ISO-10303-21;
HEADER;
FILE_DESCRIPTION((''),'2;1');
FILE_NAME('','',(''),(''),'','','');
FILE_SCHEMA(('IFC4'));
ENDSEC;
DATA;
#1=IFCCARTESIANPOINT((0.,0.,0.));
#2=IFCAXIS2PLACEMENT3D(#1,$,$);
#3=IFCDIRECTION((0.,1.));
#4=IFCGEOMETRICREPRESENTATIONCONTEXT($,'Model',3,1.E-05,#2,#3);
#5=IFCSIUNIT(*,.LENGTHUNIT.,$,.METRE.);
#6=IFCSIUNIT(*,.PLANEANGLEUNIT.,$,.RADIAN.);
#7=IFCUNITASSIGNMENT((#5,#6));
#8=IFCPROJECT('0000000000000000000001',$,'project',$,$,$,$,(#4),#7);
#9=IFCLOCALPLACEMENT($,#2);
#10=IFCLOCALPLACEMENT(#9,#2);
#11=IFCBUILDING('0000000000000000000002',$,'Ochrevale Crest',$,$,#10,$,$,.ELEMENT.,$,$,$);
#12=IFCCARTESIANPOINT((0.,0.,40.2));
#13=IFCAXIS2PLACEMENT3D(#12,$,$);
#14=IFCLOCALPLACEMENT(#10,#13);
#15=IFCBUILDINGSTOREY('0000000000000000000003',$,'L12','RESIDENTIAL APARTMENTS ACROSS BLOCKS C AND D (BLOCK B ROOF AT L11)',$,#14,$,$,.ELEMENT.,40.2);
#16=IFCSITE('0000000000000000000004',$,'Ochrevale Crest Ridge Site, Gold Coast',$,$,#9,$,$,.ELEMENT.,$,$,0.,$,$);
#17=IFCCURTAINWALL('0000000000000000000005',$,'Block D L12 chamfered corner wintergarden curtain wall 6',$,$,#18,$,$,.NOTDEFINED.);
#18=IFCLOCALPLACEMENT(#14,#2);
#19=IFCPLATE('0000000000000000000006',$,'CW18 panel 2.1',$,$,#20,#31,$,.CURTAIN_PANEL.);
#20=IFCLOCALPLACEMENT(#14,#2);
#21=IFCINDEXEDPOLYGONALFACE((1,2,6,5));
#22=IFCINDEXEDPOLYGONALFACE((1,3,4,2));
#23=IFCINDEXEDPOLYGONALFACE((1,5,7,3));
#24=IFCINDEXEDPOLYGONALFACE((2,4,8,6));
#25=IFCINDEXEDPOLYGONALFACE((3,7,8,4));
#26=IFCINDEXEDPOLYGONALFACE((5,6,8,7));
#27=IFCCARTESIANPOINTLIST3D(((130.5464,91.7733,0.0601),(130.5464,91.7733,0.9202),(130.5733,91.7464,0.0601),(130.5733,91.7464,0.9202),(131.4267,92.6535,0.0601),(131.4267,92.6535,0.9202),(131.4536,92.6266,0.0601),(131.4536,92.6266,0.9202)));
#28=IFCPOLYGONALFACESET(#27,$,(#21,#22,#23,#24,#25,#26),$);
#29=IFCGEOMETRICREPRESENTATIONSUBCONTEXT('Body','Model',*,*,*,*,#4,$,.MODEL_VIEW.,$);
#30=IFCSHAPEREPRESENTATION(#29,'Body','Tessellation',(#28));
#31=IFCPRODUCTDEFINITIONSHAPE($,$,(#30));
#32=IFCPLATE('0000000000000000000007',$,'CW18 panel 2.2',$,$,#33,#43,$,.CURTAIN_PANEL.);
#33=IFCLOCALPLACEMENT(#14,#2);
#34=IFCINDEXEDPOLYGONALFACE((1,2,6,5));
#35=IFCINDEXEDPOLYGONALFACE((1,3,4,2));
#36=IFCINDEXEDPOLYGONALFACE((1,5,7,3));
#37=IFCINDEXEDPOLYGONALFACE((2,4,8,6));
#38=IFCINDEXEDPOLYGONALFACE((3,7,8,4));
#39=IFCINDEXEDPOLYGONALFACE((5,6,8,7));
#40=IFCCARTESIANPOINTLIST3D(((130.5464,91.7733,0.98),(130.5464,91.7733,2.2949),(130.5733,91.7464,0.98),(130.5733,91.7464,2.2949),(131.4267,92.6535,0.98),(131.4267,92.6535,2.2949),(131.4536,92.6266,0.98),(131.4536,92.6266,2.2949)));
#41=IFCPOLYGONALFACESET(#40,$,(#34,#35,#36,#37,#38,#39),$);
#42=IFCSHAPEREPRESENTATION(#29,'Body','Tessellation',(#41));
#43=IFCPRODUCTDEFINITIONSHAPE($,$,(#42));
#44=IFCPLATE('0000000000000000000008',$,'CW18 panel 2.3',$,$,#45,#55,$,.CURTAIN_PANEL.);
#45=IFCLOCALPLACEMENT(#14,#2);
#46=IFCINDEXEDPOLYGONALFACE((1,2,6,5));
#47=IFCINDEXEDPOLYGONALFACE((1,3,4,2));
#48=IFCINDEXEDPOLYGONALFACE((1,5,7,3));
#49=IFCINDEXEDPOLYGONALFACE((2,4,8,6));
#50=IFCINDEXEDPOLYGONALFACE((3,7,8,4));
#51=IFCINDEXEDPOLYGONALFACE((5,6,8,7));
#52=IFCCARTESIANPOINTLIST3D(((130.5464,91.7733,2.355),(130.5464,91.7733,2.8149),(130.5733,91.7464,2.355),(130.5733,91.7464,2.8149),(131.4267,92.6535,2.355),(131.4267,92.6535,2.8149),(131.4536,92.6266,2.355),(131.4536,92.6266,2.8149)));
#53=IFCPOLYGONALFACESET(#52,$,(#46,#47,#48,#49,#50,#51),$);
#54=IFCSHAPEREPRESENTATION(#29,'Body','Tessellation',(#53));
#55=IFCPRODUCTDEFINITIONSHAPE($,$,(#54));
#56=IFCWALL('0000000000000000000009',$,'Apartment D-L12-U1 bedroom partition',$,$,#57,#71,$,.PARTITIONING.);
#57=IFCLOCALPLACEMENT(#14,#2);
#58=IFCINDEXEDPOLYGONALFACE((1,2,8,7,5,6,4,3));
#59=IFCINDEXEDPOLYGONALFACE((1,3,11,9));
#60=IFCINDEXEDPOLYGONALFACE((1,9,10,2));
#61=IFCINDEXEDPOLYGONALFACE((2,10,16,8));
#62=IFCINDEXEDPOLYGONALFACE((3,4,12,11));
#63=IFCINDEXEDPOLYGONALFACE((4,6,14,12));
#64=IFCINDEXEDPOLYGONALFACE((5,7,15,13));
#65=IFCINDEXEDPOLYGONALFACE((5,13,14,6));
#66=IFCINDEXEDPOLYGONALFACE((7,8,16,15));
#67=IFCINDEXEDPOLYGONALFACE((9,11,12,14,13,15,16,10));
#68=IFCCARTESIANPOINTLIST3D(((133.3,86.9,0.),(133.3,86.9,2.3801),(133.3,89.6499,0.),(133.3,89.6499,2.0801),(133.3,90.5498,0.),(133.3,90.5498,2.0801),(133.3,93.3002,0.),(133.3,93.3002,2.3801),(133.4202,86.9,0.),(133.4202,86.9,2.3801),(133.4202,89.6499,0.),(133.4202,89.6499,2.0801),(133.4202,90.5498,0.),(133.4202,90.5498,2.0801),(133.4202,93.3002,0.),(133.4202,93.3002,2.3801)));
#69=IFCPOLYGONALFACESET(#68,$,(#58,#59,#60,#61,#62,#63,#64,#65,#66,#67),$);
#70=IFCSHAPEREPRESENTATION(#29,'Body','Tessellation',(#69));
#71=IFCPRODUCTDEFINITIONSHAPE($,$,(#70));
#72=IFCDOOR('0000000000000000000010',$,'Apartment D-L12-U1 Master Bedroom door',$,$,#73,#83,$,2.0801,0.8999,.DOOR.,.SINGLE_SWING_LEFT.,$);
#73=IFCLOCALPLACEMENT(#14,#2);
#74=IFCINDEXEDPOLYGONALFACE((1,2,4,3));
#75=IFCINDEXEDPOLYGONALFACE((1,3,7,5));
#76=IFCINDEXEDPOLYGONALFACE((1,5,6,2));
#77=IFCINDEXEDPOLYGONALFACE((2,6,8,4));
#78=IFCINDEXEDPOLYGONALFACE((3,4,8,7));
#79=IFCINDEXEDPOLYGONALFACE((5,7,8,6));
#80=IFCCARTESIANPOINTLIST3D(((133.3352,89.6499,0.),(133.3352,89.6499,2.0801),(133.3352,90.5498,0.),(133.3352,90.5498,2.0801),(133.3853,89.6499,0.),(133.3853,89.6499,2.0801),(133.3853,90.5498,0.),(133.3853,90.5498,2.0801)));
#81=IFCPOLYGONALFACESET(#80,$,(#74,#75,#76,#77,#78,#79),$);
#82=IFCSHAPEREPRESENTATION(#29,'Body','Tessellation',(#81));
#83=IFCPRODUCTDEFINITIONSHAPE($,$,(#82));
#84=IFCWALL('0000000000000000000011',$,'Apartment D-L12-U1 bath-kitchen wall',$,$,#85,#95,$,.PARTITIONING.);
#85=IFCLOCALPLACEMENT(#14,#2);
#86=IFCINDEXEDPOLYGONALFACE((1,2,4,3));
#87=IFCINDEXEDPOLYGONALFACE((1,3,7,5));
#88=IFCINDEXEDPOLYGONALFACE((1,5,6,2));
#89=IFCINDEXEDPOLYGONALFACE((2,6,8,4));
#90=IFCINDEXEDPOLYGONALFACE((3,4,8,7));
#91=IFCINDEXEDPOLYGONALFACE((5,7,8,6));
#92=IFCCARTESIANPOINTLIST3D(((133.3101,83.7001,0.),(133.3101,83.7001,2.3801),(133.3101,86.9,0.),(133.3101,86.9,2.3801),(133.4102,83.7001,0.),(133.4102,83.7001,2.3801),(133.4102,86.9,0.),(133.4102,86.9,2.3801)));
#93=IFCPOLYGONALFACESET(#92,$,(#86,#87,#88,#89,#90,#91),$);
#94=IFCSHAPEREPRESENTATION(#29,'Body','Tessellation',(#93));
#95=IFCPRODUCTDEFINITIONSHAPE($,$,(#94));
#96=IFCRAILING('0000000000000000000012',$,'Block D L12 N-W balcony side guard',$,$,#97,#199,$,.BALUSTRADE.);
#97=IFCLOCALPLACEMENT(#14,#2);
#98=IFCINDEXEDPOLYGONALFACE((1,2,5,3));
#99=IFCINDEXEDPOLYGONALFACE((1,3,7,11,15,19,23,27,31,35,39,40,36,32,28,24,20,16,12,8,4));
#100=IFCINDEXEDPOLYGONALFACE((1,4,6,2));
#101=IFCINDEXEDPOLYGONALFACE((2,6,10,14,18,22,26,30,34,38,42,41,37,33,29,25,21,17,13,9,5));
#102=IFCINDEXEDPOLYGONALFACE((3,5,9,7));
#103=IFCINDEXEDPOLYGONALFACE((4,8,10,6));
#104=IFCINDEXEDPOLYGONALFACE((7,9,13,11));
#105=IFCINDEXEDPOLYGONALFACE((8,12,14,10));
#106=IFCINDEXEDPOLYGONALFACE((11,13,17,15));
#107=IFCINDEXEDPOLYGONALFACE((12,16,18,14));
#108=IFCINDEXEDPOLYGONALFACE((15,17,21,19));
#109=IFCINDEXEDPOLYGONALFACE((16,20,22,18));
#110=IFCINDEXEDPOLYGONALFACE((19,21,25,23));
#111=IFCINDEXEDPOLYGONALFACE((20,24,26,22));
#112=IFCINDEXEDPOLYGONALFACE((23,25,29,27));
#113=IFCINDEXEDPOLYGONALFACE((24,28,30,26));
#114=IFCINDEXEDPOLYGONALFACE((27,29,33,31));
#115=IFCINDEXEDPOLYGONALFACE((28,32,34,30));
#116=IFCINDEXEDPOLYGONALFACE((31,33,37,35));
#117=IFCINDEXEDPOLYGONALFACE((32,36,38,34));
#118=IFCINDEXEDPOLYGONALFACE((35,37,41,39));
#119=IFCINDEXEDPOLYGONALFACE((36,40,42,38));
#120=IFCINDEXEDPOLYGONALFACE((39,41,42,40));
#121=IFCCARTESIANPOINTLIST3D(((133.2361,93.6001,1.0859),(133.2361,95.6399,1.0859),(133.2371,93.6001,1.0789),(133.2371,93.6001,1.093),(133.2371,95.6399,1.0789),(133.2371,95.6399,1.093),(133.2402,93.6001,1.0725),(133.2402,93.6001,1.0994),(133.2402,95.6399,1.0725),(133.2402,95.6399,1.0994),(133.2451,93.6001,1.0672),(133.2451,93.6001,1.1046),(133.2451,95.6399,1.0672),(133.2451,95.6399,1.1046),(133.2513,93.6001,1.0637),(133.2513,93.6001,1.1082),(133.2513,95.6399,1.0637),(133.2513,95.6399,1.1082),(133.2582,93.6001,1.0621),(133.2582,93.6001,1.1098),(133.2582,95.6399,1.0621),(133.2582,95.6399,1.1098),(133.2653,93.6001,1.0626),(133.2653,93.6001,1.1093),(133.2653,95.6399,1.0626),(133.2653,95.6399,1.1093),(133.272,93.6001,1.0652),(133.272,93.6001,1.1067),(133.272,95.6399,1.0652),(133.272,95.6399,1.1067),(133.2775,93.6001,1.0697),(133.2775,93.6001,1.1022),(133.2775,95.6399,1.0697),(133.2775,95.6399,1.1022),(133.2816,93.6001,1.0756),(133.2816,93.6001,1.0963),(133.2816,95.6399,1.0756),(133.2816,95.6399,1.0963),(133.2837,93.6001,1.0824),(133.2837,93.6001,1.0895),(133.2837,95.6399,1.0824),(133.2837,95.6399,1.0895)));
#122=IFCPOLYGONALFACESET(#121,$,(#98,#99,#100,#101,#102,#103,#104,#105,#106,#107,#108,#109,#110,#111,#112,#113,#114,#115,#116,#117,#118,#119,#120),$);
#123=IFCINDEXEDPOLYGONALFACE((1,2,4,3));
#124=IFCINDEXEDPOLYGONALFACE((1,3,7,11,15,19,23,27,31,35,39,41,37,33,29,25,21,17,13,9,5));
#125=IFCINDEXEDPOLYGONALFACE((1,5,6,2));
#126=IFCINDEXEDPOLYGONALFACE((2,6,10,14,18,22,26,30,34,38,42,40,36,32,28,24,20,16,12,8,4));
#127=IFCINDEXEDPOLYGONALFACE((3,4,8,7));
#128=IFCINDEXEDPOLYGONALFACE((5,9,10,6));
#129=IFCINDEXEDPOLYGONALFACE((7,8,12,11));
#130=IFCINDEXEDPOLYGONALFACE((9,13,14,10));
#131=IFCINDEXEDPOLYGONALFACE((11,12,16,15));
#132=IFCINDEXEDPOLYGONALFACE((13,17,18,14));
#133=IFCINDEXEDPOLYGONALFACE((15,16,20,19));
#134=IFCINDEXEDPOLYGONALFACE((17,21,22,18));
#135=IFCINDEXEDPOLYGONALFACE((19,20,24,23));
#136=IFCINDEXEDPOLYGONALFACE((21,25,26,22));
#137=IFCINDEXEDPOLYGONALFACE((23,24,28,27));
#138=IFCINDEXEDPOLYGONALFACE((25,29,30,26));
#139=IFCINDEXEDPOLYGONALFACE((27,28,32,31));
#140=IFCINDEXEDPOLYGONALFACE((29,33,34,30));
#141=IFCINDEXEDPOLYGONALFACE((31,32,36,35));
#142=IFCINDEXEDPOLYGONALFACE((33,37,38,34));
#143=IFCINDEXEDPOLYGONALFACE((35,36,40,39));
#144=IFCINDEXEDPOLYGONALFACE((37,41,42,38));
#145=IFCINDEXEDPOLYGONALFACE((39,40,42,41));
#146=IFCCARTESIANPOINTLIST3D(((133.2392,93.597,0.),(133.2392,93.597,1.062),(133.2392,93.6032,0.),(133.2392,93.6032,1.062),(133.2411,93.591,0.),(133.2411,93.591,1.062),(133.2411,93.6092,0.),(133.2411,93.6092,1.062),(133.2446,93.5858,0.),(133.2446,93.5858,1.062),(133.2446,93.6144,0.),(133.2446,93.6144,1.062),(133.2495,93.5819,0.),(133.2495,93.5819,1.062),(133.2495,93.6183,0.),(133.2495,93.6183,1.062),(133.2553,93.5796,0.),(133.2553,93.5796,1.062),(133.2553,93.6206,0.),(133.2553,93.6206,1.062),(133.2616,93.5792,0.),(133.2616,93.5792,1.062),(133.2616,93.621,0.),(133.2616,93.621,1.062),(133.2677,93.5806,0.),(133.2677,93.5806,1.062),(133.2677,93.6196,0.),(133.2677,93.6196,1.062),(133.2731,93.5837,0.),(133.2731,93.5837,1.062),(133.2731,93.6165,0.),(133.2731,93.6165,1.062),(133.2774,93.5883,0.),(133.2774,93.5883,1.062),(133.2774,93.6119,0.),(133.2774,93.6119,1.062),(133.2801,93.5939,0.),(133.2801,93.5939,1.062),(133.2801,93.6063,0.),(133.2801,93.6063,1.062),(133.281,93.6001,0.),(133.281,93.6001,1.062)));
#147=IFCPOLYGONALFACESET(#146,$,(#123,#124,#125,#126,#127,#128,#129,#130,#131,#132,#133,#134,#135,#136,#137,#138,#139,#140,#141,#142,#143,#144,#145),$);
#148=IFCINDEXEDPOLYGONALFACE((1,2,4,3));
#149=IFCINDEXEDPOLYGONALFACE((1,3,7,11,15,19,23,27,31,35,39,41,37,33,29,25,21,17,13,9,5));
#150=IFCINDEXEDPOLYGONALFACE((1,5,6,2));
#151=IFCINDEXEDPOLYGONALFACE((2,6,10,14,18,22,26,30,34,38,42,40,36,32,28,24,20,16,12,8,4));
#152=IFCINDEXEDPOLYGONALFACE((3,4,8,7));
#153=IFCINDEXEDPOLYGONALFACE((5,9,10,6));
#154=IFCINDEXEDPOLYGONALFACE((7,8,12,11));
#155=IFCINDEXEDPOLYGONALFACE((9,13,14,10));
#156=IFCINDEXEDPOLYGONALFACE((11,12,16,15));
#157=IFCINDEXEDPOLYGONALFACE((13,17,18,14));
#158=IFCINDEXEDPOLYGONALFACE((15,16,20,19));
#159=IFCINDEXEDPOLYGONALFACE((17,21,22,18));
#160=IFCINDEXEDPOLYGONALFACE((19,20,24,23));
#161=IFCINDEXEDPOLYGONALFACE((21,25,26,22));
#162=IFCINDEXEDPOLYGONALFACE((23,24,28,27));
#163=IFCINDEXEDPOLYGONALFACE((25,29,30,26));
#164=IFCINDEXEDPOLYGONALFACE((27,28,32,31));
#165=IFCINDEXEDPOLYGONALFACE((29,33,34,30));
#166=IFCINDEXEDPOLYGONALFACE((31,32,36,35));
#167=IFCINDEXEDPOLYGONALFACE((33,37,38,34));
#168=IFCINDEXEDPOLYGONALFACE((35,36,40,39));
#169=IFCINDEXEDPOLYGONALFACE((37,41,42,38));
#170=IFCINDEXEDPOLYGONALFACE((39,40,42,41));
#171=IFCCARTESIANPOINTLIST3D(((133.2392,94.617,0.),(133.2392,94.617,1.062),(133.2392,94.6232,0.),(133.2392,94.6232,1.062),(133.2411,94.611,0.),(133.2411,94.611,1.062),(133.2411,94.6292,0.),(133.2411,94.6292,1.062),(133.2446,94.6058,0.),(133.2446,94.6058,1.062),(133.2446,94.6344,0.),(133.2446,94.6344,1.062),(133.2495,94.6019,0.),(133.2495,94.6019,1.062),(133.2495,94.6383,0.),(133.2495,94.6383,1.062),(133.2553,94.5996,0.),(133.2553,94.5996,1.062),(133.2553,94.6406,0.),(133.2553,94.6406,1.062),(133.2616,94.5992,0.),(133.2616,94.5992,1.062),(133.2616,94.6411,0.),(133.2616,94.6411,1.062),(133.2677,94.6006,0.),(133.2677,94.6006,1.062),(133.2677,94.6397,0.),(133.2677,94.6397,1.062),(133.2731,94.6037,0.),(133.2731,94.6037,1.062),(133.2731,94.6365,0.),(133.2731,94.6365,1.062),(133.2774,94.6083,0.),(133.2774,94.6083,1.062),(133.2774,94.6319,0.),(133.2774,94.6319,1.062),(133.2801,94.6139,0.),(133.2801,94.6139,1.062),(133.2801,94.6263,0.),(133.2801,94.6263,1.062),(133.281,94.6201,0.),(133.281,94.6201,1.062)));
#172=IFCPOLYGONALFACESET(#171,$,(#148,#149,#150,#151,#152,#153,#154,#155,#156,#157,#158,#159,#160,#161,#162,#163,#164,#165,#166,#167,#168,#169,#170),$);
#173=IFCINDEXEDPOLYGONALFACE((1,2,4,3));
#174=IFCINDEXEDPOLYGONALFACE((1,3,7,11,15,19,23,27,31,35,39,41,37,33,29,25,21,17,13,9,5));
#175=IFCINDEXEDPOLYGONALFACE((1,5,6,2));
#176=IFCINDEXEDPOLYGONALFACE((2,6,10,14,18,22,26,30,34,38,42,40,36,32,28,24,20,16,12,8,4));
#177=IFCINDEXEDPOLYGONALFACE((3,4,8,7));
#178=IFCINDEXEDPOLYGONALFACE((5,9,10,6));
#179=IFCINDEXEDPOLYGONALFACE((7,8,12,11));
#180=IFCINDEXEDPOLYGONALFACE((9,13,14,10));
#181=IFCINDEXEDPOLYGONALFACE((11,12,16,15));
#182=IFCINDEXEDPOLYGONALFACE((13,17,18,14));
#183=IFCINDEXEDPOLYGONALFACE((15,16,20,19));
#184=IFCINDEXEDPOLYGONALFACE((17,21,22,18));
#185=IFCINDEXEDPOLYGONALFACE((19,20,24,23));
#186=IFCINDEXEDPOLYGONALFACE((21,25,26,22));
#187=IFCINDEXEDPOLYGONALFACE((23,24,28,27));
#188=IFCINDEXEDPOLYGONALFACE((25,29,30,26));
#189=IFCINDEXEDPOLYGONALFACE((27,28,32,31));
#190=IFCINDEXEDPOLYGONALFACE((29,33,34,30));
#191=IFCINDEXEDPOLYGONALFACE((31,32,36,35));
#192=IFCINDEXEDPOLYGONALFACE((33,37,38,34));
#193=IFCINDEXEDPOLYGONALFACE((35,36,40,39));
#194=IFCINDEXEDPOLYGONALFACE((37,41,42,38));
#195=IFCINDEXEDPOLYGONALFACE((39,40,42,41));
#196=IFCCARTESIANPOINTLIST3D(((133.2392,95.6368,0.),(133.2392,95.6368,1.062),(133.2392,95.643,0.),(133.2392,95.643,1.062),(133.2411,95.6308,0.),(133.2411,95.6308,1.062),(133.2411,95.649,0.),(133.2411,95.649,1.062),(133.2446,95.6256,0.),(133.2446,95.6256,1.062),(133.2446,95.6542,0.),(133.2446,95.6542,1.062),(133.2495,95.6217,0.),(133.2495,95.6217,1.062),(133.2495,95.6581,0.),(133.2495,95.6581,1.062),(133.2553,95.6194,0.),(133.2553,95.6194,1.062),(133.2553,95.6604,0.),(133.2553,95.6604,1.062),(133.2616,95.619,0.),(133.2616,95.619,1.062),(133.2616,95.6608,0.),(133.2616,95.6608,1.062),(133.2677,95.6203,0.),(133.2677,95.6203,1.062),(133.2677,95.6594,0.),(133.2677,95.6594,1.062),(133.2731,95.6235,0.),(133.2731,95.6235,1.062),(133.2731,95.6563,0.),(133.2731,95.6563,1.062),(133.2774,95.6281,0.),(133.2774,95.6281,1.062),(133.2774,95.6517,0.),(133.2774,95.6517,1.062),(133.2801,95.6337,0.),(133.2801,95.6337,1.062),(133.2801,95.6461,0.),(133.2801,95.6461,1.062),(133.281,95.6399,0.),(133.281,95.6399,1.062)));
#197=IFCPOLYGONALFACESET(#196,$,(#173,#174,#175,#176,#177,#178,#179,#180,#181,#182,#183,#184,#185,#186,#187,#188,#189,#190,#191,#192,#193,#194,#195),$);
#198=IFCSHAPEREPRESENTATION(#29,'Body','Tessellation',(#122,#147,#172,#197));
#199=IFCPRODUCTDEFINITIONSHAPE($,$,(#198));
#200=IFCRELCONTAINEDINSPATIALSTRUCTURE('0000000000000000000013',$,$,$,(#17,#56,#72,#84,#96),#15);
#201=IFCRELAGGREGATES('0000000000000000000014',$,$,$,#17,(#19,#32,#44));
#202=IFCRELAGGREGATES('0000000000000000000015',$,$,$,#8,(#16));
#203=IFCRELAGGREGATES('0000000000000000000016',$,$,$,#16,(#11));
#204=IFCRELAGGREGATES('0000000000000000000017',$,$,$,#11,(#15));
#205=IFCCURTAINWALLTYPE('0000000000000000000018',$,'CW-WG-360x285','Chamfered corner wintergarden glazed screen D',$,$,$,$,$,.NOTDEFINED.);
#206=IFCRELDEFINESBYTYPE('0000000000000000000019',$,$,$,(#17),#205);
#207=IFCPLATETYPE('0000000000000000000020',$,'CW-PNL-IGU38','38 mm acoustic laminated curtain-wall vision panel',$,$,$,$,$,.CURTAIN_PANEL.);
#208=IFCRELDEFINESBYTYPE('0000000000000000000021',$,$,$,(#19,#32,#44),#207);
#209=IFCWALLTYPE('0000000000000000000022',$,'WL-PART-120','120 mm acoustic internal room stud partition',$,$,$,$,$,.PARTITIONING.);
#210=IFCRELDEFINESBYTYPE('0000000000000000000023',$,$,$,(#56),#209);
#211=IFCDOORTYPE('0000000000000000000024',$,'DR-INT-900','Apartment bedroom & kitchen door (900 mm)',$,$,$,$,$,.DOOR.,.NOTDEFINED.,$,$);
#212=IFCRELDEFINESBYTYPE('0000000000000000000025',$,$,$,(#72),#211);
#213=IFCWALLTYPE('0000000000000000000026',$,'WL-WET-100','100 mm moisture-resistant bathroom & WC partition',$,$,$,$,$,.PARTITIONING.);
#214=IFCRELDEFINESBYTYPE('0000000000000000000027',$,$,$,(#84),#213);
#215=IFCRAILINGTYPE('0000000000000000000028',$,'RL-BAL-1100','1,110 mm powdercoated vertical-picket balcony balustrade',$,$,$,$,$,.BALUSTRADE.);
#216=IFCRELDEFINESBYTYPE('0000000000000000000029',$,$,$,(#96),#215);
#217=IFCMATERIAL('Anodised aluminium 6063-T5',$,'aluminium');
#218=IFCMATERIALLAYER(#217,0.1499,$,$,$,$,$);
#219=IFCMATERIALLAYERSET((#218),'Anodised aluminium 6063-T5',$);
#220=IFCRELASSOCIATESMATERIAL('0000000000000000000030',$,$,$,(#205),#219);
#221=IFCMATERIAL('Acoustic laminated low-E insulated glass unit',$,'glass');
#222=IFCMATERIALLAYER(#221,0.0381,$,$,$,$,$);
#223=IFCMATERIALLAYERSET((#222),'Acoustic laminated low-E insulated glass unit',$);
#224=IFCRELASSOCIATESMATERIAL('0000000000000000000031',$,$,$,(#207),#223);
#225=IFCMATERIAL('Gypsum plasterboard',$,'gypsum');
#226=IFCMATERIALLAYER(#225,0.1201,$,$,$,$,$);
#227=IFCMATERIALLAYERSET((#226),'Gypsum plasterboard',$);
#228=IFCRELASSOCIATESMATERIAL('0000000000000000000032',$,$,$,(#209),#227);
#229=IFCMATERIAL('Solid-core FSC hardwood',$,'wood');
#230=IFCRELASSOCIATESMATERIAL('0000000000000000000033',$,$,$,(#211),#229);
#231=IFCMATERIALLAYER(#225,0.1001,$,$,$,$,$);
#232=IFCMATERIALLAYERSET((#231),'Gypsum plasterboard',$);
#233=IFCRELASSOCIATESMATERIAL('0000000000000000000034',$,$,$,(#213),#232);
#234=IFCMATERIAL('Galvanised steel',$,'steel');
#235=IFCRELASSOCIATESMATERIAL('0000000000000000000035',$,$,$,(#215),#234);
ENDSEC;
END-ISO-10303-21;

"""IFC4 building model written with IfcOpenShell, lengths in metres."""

from ifc_helpers import new_model, si_unit, direction, frame, frame_2d, origin, origin_2d, place, context, subcontext, project, spatial, rectangle, circle, extrude, material, layer, layer_set, type_object, element, fill, aggregate, save


model = new_model("IFC4")

# Units and contexts
model_context = context("Model", 3, precision=1e-05, world=origin(), true_north=direction((0.0, 1.0)))
body_context = subcontext(model_context, "Body", "Model", "MODEL_VIEW")
ifc_project = project(units=[si_unit("LENGTHUNIT", "METRE"), si_unit("PLANEANGLEUNIT", "RADIAN")], contexts=[model_context])

# Site, building, storey
site_placement = place(None, origin())
site = spatial("IfcSite", under=ifc_project, at=site_placement, Name="Ochrevale Crest Ridge Site, Gold Coast", CompositionType="ELEMENT", RefElevation=0.0)
building_placement = place(site_placement, origin())
building = spatial("IfcBuilding", under=site, at=building_placement, Name="Ochrevale Crest", CompositionType="ELEMENT")
storey_placement = place(building_placement, frame((0.0, 0.0, 40.2)))
storey = spatial("IfcBuildingStorey", under=building, at=storey_placement, Name="L12", Description="RESIDENTIAL APARTMENTS ACROSS BLOCKS C AND D (BLOCK B ROOF AT L11)", CompositionType="ELEMENT", Elevation=40.2)

# Curtain wall, plates
ifc_material_1 = material(Name="Anodised aluminium 6063-T5", Category="aluminium")
ifc_layer_1 = layer(ifc_material_1, 0.1499)
ifc_layer_set_1 = layer_set([ifc_layer_1], Name="Anodised aluminium 6063-T5")
curtain_wall_type = type_object("IfcCurtainWallType", Name="CW-WG-360x285", Description="Chamfered corner wintergarden glazed screen D", PredefinedType="NOTDEFINED", material=ifc_layer_set_1)
curtain_wall_placement = place(storey_placement, origin())
curtain_wall = element("IfcCurtainWall", 1, at=curtain_wall_placement, inside=storey, type_object=curtain_wall_type, Name="Block D L12 chamfered corner wintergarden curtain wall 6", PredefinedType="NOTDEFINED")
ifc_material_2 = material(Name="Acoustic laminated low-E insulated glass unit", Category="glass")
ifc_layer_2 = layer(ifc_material_2, 0.0381)
ifc_layer_set_2 = layer_set([ifc_layer_2], Name="Acoustic laminated low-E insulated glass unit")
plate_type = type_object("IfcPlateType", Name="CW-PNL-IGU38", Description="38 mm acoustic laminated curtain-wall vision panel", PredefinedType="CURTAIN_PANEL", material=ifc_layer_set_2)
plate_1_placement = place(storey_placement, frame((131.0, 92.2, 0.0601), z_axis=(0.0, 0.0, 1.0), x_axis=(-0.707107, -0.707107, 0.0)))
plate_1 = element("IfcPlate", 2, at=plate_1_placement, type_object=plate_type, Name="CW18 panel 2.1", PredefinedType="CURTAIN_PANEL", context=body_context, shape_type="SweptSolid", body=[
    extrude(rectangle(XDim=1.2449, YDim=0.0381, at=origin_2d()), origin(), (0.0, 0.0, 1.0), 0.8601),
])
plate_2_placement = place(storey_placement, frame((131.0, 92.2, 0.98), z_axis=(0.0, 0.0, 1.0), x_axis=(-0.707107, -0.707107, 0.0)))
plate_2 = element("IfcPlate", 3, at=plate_2_placement, type_object=plate_type, Name="CW18 panel 2.2", PredefinedType="CURTAIN_PANEL", context=body_context, shape_type="SweptSolid", body=[
    extrude(rectangle(XDim=1.2449, YDim=0.0381, at=origin_2d()), origin(), (0.0, 0.0, 1.0), 1.3149),
])
plate_3_placement = place(storey_placement, frame((131.0, 92.2, 2.355), z_axis=(0.0, 0.0, 1.0), x_axis=(-0.707107, -0.707107, 0.0)))
plate_3 = element("IfcPlate", 4, at=plate_3_placement, type_object=plate_type, Name="CW18 panel 2.3", PredefinedType="CURTAIN_PANEL", context=body_context, shape_type="SweptSolid", body=[
    extrude(rectangle(XDim=1.2449, YDim=0.0381, at=origin_2d()), origin(), (0.0, 0.0, 1.0), 0.46),
])
aggregate(curtain_wall, [plate_1, plate_2, plate_3])

# Wall, opening, door
ifc_material_3 = material(Name="Gypsum plasterboard", Category="gypsum")
ifc_layer_3 = layer(ifc_material_3, 0.1201)
ifc_layer_set_3 = layer_set([ifc_layer_3], Name="Gypsum plasterboard")
wall_type_1 = type_object("IfcWallType", Name="WL-PART-120", Description="120 mm acoustic internal room stud partition", PredefinedType="PARTITIONING", material=ifc_layer_set_3)
wall_1_placement = place(storey_placement, frame((133.3601, 86.8999, 0.0), z_axis=(0.0, 0.0, 1.0), x_axis=(0.0, 1.0, 0.0)))
wall_1 = element("IfcWall", 5, at=wall_1_placement, inside=storey, type_object=wall_type_1, Name="Apartment D-L12-U1 bedroom partition", PredefinedType="PARTITIONING", context=body_context, shape_type="SweptSolid", body=[
    extrude(rectangle(XDim=6.4001, YDim=0.1201, at=frame_2d((3.2002, 0.0))), origin(), (0.0, 0.0, 1.0), 2.3801),
])
opening_placement = place(wall_1_placement, frame((2.75, 0.0, 0.0)))
opening = element("IfcOpeningElement", 6, at=opening_placement, cuts=wall_1, PredefinedType="OPENING", context=body_context, shape_type="SweptSolid", body=[
    extrude(rectangle(XDim=0.8999, YDim=2.0801, at=frame_2d((0.45, 1.04))), frame((0.0, 0.0701, 0.0), z_axis=(0.0, -1.0, 0.0), x_axis=(1.0, 0.0, 0.0)), (0.0, 0.0, 1.0), 0.1401),
])
ifc_material_4 = material(Name="Solid-core FSC hardwood", Category="wood")
door_type = type_object("IfcDoorType", Name="DR-INT-900", Description="Apartment bedroom & kitchen door (900 mm)", OperationType="NOTDEFINED", PredefinedType="DOOR", material=ifc_material_4)
door_placement = place(opening_placement, origin())
door = element("IfcDoor", 7, at=door_placement, inside=storey, type_object=door_type, Name="Apartment D-L12-U1 Master Bedroom door", OperationType="SINGLE_SWING_LEFT", OverallHeight=2.0801, OverallWidth=0.8999, PredefinedType="DOOR", context=body_context, shape_type="SweptSolid", body=[
    extrude(rectangle(XDim=0.8999, YDim=2.0801, at=frame_2d((0.45, 1.04))), frame((0.0, 0.0249, 0.0), z_axis=(0.0, -1.0, 0.0), x_axis=(1.0, 0.0, 0.0)), (0.0, 0.0, 1.0), 0.05),
])
fill(opening, door)

# Wall
ifc_layer_4 = layer(ifc_material_3, 0.1001)
ifc_layer_set_4 = layer_set([ifc_layer_4], Name="Gypsum plasterboard")
wall_type_2 = type_object("IfcWallType", Name="WL-WET-100", Description="100 mm moisture-resistant bathroom & WC partition", PredefinedType="PARTITIONING", material=ifc_layer_set_4)
wall_2_placement = place(storey_placement, frame((133.3601, 83.7, 0.0), z_axis=(0.0, 0.0, 1.0), x_axis=(0.0, 1.0, 0.0)))
element("IfcWall", 8, at=wall_2_placement, inside=storey, type_object=wall_type_2, Name="Apartment D-L12-U1 bath-kitchen wall", PredefinedType="PARTITIONING", context=body_context, shape_type="SweptSolid", body=[
    extrude(rectangle(XDim=3.2, YDim=0.1001, at=frame_2d((1.6001, 0.0))), origin(), (0.0, 0.0, 1.0), 2.3801),
])

# Railing
ifc_material_5 = material(Name="Galvanised steel", Category="steel")
railing_type = type_object("IfcRailingType", Name="RL-BAL-1100", Description="1,110 mm powdercoated vertical-picket balcony balustrade", PredefinedType="BALUSTRADE", material=ifc_material_5)
railing_1_placement = place(storey_placement, frame((133.26, 93.6001, 0.0)))
element("IfcRailing", 9, at=railing_1_placement, inside=storey, type_object=railing_type, Name="Block D L12 N-W balcony side guard", PredefinedType="BALUSTRADE", context=body_context, shape_type="SweptSolid", body=[
    extrude(circle(Radius=0.0239, at=origin_2d()), frame((0.0, 0.0, 1.0859), z_axis=(0.0, 1.0, 0.0), x_axis=(-1.0, 0.0, 0.0)), (0.0, 0.0, 1.0), 2.0398),
    extrude(circle(Radius=0.021, at=origin_2d()), origin(), (0.0, 0.0, 1.0), 1.062),
    extrude(circle(Radius=0.021, at=origin_2d()), frame((0.0, 1.02, 0.0)), (0.0, 0.0, 1.0), 1.062),
    extrude(circle(Radius=0.021, at=origin_2d()), frame((0.0, 2.0398, 0.0)), (0.0, 0.0, 1.0), 1.062),
])

save(model, "model.ifc")
